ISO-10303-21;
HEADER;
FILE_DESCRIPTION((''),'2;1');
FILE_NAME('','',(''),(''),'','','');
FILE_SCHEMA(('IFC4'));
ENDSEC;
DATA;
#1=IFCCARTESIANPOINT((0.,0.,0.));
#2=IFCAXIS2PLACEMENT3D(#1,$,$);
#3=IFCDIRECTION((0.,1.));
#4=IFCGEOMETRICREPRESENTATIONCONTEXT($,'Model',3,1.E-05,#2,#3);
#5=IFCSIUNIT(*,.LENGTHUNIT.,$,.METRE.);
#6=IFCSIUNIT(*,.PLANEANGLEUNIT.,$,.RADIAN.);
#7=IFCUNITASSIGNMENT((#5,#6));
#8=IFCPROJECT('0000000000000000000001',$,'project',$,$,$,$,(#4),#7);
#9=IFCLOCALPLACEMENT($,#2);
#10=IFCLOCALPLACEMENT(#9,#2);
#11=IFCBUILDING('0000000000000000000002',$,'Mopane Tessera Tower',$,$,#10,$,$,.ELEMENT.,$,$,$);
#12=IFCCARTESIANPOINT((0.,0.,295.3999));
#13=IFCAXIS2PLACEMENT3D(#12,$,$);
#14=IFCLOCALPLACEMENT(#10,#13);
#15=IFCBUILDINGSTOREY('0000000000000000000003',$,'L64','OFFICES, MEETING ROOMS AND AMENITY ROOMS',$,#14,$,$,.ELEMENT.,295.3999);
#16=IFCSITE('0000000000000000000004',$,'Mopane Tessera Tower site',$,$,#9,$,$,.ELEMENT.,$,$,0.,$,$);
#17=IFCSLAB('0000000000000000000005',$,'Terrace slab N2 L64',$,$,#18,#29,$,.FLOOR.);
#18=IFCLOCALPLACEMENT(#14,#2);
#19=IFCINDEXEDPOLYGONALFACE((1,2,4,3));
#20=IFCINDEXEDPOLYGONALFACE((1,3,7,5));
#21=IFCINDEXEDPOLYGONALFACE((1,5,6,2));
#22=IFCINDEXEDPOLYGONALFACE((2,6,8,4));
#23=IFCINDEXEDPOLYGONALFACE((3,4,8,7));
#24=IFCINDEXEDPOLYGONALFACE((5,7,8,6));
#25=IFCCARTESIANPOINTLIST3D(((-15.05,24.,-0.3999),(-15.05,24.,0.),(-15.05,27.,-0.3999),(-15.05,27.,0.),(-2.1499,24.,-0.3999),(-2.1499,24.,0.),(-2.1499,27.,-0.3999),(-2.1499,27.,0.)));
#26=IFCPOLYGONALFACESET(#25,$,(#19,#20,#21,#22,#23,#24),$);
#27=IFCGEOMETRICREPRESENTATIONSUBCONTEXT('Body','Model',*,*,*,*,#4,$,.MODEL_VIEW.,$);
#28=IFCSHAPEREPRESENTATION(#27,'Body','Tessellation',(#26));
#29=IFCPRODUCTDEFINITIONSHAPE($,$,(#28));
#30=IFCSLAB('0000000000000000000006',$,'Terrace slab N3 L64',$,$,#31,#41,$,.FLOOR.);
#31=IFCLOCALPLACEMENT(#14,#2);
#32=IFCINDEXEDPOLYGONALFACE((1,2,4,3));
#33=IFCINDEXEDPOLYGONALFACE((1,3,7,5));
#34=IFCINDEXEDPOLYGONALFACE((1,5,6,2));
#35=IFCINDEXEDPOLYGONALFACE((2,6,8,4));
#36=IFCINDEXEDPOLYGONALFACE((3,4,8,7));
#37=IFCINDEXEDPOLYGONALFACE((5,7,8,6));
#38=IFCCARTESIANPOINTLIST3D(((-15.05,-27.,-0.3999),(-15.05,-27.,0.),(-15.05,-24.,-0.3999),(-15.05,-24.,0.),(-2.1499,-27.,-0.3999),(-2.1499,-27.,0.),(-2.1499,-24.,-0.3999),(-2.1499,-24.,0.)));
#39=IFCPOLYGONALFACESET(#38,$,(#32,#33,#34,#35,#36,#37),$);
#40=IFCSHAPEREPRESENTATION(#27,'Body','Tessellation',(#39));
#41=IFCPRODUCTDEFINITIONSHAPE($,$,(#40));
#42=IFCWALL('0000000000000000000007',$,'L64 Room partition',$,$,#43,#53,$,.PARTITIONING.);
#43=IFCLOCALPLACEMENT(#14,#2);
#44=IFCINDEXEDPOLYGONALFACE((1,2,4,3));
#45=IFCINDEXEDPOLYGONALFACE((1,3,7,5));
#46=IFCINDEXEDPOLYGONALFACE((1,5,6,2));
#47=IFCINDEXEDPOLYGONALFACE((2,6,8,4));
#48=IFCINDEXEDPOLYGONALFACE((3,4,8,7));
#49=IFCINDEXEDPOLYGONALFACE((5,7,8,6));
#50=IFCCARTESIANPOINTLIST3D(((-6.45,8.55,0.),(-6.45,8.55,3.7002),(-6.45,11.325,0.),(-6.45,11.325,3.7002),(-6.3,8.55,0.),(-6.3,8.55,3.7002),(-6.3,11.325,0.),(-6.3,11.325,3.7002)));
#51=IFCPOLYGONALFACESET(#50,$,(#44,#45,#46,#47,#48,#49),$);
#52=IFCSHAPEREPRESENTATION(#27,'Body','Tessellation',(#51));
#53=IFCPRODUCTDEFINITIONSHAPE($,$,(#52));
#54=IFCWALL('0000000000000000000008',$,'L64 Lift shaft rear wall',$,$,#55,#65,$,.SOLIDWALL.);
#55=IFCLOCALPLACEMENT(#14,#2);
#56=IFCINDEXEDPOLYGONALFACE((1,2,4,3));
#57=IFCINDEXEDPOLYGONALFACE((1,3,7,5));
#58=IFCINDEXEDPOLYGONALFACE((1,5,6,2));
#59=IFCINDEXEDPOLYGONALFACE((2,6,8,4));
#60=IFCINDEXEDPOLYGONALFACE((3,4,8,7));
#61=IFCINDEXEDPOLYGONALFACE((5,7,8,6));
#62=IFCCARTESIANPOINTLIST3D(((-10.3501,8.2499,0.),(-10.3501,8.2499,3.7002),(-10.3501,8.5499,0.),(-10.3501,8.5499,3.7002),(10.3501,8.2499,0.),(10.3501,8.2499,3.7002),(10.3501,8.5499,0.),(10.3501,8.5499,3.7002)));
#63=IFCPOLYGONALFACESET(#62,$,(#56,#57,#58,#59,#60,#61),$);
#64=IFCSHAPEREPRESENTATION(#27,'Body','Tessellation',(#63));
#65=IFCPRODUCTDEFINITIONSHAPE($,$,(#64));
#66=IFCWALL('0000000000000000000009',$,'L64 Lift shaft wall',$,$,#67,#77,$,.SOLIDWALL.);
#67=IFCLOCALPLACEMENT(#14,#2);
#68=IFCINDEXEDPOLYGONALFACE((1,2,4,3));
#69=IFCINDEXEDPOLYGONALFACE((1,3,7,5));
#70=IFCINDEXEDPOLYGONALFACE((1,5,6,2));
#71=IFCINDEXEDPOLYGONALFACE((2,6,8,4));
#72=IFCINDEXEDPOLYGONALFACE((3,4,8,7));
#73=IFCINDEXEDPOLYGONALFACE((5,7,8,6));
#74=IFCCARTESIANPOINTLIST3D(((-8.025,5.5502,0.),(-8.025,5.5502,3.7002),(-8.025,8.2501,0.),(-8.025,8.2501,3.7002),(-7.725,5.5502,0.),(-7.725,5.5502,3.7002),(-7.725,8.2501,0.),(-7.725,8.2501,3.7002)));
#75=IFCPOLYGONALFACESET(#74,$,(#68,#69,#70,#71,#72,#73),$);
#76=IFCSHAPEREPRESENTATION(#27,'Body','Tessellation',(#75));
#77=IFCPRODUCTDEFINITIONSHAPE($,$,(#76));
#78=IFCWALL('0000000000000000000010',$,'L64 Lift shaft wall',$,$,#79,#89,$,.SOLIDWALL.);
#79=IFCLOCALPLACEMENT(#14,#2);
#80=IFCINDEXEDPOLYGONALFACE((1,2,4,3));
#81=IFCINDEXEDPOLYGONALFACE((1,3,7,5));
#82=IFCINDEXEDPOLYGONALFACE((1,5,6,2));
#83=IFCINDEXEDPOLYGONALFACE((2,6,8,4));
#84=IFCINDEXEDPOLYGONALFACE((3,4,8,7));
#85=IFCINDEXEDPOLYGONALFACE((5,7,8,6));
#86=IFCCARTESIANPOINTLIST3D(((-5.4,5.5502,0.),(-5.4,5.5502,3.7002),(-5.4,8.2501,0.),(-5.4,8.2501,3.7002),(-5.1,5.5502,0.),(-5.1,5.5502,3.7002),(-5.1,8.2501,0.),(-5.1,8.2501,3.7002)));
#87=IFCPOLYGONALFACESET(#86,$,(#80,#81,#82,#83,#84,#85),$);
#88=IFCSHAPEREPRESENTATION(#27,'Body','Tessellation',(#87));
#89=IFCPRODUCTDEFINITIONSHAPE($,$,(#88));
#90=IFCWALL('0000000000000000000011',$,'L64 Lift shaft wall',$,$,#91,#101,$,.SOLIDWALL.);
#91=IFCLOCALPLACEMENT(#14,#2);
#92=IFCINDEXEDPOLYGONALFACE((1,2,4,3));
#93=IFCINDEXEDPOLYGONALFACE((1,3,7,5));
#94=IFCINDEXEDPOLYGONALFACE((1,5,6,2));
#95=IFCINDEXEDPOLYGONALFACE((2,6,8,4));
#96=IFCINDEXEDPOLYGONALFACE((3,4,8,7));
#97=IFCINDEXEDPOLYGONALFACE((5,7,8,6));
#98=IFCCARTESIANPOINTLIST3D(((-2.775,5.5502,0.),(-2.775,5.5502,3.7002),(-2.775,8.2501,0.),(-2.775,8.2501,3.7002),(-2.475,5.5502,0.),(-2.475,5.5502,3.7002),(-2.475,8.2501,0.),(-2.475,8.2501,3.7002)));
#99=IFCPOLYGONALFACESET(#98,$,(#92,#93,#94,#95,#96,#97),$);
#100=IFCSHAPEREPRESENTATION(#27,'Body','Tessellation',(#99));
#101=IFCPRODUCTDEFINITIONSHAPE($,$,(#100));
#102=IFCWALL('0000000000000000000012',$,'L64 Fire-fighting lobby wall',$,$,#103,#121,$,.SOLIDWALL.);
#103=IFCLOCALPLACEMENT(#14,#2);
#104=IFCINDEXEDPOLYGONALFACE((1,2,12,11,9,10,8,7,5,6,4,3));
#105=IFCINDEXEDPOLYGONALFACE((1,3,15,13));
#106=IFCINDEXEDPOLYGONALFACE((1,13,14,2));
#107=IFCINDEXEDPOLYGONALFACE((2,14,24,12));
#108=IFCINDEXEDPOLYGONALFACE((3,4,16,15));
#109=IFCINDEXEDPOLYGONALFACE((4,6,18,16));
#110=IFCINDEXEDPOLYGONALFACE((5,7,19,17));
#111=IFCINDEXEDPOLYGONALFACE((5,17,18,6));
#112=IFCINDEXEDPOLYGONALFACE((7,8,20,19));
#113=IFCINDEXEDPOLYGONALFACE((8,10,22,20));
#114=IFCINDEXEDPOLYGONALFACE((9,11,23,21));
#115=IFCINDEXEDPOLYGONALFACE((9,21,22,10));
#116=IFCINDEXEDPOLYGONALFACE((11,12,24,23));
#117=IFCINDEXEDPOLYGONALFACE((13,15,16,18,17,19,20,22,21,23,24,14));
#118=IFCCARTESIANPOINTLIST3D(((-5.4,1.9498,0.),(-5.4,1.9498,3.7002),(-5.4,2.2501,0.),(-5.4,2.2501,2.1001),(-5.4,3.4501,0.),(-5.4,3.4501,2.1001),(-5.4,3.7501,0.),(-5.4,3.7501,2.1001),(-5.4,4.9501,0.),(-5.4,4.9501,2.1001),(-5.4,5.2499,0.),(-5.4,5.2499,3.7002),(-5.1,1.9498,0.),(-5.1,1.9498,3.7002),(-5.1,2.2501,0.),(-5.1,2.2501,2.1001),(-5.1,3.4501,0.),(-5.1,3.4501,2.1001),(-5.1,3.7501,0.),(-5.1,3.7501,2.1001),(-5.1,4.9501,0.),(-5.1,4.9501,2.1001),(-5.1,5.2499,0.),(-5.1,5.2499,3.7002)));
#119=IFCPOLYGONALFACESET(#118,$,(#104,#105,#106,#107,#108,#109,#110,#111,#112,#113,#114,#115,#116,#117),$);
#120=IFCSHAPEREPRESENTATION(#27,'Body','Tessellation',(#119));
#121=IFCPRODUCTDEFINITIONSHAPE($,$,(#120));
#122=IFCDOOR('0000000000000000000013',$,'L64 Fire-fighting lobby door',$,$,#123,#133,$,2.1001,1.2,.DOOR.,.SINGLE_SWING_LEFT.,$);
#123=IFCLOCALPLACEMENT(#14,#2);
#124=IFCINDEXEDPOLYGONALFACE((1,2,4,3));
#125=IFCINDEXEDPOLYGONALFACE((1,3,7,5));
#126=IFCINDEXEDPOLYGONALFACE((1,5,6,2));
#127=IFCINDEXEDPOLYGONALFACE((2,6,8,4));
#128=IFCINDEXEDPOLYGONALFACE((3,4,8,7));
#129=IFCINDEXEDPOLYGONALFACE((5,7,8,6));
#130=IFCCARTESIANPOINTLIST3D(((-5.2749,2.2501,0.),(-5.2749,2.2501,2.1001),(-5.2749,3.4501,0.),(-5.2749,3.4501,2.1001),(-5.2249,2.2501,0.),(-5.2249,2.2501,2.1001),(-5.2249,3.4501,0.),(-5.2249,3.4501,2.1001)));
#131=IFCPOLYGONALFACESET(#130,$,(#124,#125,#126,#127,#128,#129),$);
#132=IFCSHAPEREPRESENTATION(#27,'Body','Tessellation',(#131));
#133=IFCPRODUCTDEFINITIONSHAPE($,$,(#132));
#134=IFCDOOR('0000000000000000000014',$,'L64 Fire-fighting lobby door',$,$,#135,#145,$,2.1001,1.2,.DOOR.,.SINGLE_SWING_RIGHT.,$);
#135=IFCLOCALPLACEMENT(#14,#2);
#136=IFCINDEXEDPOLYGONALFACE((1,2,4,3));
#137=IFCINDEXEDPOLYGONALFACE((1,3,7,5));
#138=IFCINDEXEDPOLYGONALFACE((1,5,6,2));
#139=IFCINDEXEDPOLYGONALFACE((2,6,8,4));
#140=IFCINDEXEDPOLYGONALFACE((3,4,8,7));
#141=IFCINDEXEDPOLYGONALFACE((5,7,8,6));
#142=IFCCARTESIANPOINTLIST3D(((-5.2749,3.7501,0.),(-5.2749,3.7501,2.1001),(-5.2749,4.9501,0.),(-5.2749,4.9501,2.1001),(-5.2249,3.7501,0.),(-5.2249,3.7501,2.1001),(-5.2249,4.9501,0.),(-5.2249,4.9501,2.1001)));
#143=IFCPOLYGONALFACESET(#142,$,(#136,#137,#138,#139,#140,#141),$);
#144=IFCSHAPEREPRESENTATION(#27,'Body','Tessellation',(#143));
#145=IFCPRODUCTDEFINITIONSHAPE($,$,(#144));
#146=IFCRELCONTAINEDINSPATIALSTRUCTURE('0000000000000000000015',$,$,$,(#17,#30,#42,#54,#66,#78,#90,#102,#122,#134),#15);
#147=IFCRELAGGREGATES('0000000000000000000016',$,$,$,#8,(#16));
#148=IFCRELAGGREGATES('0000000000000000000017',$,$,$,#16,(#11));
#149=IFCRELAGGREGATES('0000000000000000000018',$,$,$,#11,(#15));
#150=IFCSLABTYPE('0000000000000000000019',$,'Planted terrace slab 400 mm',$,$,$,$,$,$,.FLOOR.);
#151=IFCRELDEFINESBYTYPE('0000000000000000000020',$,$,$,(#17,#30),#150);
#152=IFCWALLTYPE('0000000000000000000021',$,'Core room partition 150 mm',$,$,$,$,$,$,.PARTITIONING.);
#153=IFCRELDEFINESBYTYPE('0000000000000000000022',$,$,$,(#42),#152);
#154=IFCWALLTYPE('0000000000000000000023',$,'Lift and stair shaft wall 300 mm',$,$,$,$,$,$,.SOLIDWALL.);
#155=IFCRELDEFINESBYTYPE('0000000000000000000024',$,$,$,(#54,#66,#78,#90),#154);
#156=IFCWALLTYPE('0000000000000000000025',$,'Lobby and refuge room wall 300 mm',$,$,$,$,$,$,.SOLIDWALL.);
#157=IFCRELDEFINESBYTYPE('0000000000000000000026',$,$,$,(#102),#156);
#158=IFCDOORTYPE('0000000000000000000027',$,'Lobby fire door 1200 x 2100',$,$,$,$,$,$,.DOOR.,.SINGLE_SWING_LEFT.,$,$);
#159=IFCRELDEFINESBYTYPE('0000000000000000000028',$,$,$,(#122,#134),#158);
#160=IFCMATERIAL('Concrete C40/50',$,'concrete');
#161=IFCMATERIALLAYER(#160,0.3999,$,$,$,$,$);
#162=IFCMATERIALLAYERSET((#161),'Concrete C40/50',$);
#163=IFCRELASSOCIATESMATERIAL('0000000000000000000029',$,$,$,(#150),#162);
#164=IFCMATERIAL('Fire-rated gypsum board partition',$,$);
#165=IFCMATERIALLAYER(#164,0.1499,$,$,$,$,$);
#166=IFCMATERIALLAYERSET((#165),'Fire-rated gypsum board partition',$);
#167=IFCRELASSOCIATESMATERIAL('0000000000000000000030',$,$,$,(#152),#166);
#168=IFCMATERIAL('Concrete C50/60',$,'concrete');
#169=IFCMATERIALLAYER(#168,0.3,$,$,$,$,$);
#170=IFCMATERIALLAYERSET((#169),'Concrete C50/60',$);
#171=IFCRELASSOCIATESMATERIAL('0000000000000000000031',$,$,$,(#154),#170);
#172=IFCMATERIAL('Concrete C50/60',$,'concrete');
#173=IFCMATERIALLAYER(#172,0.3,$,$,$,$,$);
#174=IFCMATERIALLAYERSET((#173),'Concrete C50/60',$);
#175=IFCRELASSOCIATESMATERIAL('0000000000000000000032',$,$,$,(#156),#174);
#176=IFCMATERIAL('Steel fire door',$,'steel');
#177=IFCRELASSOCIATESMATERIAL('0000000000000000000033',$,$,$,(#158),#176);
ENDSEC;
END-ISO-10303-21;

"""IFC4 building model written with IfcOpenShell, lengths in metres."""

from ifc_helpers import new_model, si_unit, direction, frame, frame_2d, origin, place, context, subcontext, project, spatial, polyline, rectangle, outline, extrude, material, layer, layer_set, type_object, element, fill, save


model = new_model("IFC4")

# Units and contexts
model_context = context("Model", 3, precision=1e-05, world=origin(), true_north=direction((0.0, 1.0)))
body_context = subcontext(model_context, "Body", "Model", "MODEL_VIEW")
ifc_project = project(units=[si_unit("LENGTHUNIT", "METRE"), si_unit("PLANEANGLEUNIT", "RADIAN")], contexts=[model_context])

# Site, building, storey
site_placement = place(None, origin())
site = spatial("IfcSite", under=ifc_project, at=site_placement, Name="Mopane Tessera Tower site", CompositionType="ELEMENT", RefElevation=0.0)
building_placement = place(site_placement, origin())
building = spatial("IfcBuilding", under=site, at=building_placement, Name="Mopane Tessera Tower", CompositionType="ELEMENT")
storey_placement = place(building_placement, frame((0.0, 0.0, 295.3999)))
storey = spatial("IfcBuildingStorey", under=building, at=storey_placement, Name="L64", Description="OFFICES, MEETING ROOMS AND AMENITY ROOMS", CompositionType="ELEMENT", Elevation=295.3999)

# Slabs
ifc_material_1 = material(Name="Concrete C40/50", Category="concrete")
ifc_layer_1 = layer(ifc_material_1, 0.3999)
ifc_layer_set_1 = layer_set([ifc_layer_1], Name="Concrete C40/50")
slab_type = type_object("IfcSlabType", Name="Planted terrace slab 400 mm", PredefinedType="FLOOR", material=ifc_layer_set_1)
slab_1_placement = place(storey_placement, frame((0.0, 0.0, -0.3999)))
element("IfcSlab", 1, at=slab_1_placement, inside=storey, type_object=slab_type, Name="Terrace slab N2 L64", PredefinedType="FLOOR", context=body_context, shape_type="SweptSolid", body=[
    extrude(outline(polyline([(-15.05, 27.0), (-15.05, 24.0), (-2.1499, 24.0), (-2.1499, 27.0), (-15.05, 27.0)])), origin(), (0.0, 0.0, 1.0), 0.3999),
])
slab_2_placement = place(storey_placement, frame((0.0, 0.0, -0.3999)))
element("IfcSlab", 2, at=slab_2_placement, inside=storey, type_object=slab_type, Name="Terrace slab N3 L64", PredefinedType="FLOOR", context=body_context, shape_type="SweptSolid", body=[
    extrude(outline(polyline([(-2.1499, -27.0), (-2.1499, -24.0), (-15.05, -24.0), (-15.05, -27.0), (-2.1499, -27.0)])), origin(), (0.0, 0.0, 1.0), 0.3999),
])

# Walls
ifc_material_2 = material(Name="Fire-rated gypsum board partition")
ifc_layer_2 = layer(ifc_material_2, 0.1499)
ifc_layer_set_2 = layer_set([ifc_layer_2], Name="Fire-rated gypsum board partition")
wall_type_1 = type_object("IfcWallType", Name="Core room partition 150 mm", PredefinedType="PARTITIONING", material=ifc_layer_set_2)
wall_1_placement = place(storey_placement, frame((-6.375, 8.55, 0.0), z_axis=(0.0, 0.0, 1.0), x_axis=(0.0, 1.0, 0.0)))
element("IfcWall", 3, at=wall_1_placement, inside=storey, type_object=wall_type_1, Name="L64 Room partition", PredefinedType="PARTITIONING", context=body_context, shape_type="SweptSolid", body=[
    extrude(rectangle(XDim=2.7749, YDim=0.1499, at=frame_2d((1.3875, 0.0))), origin(), (0.0, 0.0, 1.0), 3.7002),
])
ifc_material_3 = material(Name="Concrete C50/60", Category="concrete")
ifc_layer_3 = layer(ifc_material_3, 0.3)
ifc_layer_set_3 = layer_set([ifc_layer_3], Name="Concrete C50/60")
wall_type_2 = type_object("IfcWallType", Name="Lift and stair shaft wall 300 mm", PredefinedType="SOLIDWALL", material=ifc_layer_set_3)
wall_2_placement = place(storey_placement, frame((-10.3501, 8.3999, 0.0), z_axis=(0.0, 0.0, 1.0), x_axis=(1.0, 0.0, 0.0)))
element("IfcWall", 4, at=wall_2_placement, inside=storey, type_object=wall_type_2, Name="L64 Lift shaft rear wall", PredefinedType="SOLIDWALL", context=body_context, shape_type="SweptSolid", body=[
    extrude(rectangle(XDim=20.7002, YDim=0.3, at=frame_2d((10.3501, 0.0))), origin(), (0.0, 0.0, 1.0), 3.7002),
])
for number, where, z_axis, x_axis, name in (
    (5, (-7.875, 5.55, 0.0), (0.0, 0.0, 1.0), (0.0, 1.0, 0.0), "L64 Lift shaft wall"),
    (6, (-5.25, 5.55, 0.0), (0.0, 0.0, 1.0), (0.0, 1.0, 0.0), "L64 Lift shaft wall"),
    (7, (-2.625, 5.55, 0.0), (0.0, 0.0, 1.0), (0.0, 1.0, 0.0), "L64 Lift shaft wall"),
):
    element("IfcWall", number, at=place(storey_placement, frame(where, z_axis=z_axis, x_axis=x_axis)), inside=storey, type_object=wall_type_2, Name=name, PredefinedType="SOLIDWALL", context=body_context, shape_type="SweptSolid", body=[
        extrude(rectangle(XDim=2.7, YDim=0.3, at=frame_2d((1.3501, 0.0))), origin(), (0.0, 0.0, 1.0), 3.7002),
    ])

# Wall, openings, doors
ifc_material_4 = material(Name="Concrete C50/60", Category="concrete")
ifc_layer_4 = layer(ifc_material_4, 0.3)
ifc_layer_set_4 = layer_set([ifc_layer_4], Name="Concrete C50/60")
wall_type_3 = type_object("IfcWallType", Name="Lobby and refuge room wall 300 mm", PredefinedType="SOLIDWALL", material=ifc_layer_set_4)
wall_3_placement = place(storey_placement, frame((-5.25, 1.95, 0.0), z_axis=(0.0, 0.0, 1.0), x_axis=(0.0, 1.0, 0.0)))
wall_3 = element("IfcWall", 8, at=wall_3_placement, inside=storey, type_object=wall_type_3, Name="L64 Fire-fighting lobby wall", PredefinedType="SOLIDWALL", context=body_context, shape_type="SweptSolid", body=[
    extrude(rectangle(XDim=3.3, YDim=0.3, at=frame_2d((1.6499, 0.0))), origin(), (0.0, 0.0, 1.0), 3.7002),
])
opening_1_placement = place(wall_3_placement, frame((0.3, 0.0, 0.0)))
opening_1 = element("IfcOpeningElement", 9, at=opening_1_placement, cuts=wall_3, PredefinedType="OPENING", context=body_context, shape_type="SweptSolid", body=[
    extrude(rectangle(XDim=1.2, YDim=2.1001, at=frame_2d((0.6001, 1.05))), frame((0.0, 0.1621, 0.0), z_axis=(0.0, -1.0, 0.0), x_axis=(1.0, 0.0, 0.0)), (0.0, 0.0, 1.0), 0.324),
])
opening_2_placement = place(wall_3_placement, frame((1.8, 0.0, 0.0)))
opening_2 = element("IfcOpeningElement", 10, at=opening_2_placement, cuts=wall_3, PredefinedType="OPENING", context=body_context, shape_type="SweptSolid", body=[
    extrude(rectangle(XDim=1.2, YDim=2.1001, at=frame_2d((0.6001, 1.05))), frame((0.0, 0.1621, 0.0), z_axis=(0.0, -1.0, 0.0), x_axis=(1.0, 0.0, 0.0)), (0.0, 0.0, 1.0), 0.324),
])
ifc_material_5 = material(Name="Steel fire door", Category="steel")
door_type = type_object("IfcDoorType", Name="Lobby fire door 1200 x 2100", OperationType="SINGLE_SWING_LEFT", PredefinedType="DOOR", material=ifc_material_5)
door_1_placement = place(opening_1_placement, origin())
door_1 = element("IfcDoor", 11, at=door_1_placement, inside=storey, type_object=door_type, Name="L64 Fire-fighting lobby door", OperationType="SINGLE_SWING_LEFT", OverallHeight=2.1001, OverallWidth=1.2, PredefinedType="DOOR", context=body_context, shape_type="SweptSolid", body=[
    extrude(rectangle(XDim=1.2, YDim=2.1001, at=frame_2d((0.6001, 1.05))), frame((0.0, 0.0249, 0.0), z_axis=(0.0, -1.0, 0.0), x_axis=(1.0, 0.0, 0.0)), (0.0, 0.0, 1.0), 0.05),
])
fill(opening_1, door_1)
door_2_placement = place(opening_2_placement, origin())
door_2 = element("IfcDoor", 12, at=door_2_placement, inside=storey, type_object=door_type, Name="L64 Fire-fighting lobby door", OperationType="SINGLE_SWING_RIGHT", OverallHeight=2.1001, OverallWidth=1.2, PredefinedType="DOOR", context=body_context, shape_type="SweptSolid", body=[
    extrude(rectangle(XDim=1.2, YDim=2.1001, at=frame_2d((0.6001, 1.05))), frame((0.0, 0.0249, 0.0), z_axis=(0.0, -1.0, 0.0), x_axis=(1.0, 0.0, 0.0)), (0.0, 0.0, 1.0), 0.05),
])
fill(opening_2, door_2)

save(model, "model.ifc")
